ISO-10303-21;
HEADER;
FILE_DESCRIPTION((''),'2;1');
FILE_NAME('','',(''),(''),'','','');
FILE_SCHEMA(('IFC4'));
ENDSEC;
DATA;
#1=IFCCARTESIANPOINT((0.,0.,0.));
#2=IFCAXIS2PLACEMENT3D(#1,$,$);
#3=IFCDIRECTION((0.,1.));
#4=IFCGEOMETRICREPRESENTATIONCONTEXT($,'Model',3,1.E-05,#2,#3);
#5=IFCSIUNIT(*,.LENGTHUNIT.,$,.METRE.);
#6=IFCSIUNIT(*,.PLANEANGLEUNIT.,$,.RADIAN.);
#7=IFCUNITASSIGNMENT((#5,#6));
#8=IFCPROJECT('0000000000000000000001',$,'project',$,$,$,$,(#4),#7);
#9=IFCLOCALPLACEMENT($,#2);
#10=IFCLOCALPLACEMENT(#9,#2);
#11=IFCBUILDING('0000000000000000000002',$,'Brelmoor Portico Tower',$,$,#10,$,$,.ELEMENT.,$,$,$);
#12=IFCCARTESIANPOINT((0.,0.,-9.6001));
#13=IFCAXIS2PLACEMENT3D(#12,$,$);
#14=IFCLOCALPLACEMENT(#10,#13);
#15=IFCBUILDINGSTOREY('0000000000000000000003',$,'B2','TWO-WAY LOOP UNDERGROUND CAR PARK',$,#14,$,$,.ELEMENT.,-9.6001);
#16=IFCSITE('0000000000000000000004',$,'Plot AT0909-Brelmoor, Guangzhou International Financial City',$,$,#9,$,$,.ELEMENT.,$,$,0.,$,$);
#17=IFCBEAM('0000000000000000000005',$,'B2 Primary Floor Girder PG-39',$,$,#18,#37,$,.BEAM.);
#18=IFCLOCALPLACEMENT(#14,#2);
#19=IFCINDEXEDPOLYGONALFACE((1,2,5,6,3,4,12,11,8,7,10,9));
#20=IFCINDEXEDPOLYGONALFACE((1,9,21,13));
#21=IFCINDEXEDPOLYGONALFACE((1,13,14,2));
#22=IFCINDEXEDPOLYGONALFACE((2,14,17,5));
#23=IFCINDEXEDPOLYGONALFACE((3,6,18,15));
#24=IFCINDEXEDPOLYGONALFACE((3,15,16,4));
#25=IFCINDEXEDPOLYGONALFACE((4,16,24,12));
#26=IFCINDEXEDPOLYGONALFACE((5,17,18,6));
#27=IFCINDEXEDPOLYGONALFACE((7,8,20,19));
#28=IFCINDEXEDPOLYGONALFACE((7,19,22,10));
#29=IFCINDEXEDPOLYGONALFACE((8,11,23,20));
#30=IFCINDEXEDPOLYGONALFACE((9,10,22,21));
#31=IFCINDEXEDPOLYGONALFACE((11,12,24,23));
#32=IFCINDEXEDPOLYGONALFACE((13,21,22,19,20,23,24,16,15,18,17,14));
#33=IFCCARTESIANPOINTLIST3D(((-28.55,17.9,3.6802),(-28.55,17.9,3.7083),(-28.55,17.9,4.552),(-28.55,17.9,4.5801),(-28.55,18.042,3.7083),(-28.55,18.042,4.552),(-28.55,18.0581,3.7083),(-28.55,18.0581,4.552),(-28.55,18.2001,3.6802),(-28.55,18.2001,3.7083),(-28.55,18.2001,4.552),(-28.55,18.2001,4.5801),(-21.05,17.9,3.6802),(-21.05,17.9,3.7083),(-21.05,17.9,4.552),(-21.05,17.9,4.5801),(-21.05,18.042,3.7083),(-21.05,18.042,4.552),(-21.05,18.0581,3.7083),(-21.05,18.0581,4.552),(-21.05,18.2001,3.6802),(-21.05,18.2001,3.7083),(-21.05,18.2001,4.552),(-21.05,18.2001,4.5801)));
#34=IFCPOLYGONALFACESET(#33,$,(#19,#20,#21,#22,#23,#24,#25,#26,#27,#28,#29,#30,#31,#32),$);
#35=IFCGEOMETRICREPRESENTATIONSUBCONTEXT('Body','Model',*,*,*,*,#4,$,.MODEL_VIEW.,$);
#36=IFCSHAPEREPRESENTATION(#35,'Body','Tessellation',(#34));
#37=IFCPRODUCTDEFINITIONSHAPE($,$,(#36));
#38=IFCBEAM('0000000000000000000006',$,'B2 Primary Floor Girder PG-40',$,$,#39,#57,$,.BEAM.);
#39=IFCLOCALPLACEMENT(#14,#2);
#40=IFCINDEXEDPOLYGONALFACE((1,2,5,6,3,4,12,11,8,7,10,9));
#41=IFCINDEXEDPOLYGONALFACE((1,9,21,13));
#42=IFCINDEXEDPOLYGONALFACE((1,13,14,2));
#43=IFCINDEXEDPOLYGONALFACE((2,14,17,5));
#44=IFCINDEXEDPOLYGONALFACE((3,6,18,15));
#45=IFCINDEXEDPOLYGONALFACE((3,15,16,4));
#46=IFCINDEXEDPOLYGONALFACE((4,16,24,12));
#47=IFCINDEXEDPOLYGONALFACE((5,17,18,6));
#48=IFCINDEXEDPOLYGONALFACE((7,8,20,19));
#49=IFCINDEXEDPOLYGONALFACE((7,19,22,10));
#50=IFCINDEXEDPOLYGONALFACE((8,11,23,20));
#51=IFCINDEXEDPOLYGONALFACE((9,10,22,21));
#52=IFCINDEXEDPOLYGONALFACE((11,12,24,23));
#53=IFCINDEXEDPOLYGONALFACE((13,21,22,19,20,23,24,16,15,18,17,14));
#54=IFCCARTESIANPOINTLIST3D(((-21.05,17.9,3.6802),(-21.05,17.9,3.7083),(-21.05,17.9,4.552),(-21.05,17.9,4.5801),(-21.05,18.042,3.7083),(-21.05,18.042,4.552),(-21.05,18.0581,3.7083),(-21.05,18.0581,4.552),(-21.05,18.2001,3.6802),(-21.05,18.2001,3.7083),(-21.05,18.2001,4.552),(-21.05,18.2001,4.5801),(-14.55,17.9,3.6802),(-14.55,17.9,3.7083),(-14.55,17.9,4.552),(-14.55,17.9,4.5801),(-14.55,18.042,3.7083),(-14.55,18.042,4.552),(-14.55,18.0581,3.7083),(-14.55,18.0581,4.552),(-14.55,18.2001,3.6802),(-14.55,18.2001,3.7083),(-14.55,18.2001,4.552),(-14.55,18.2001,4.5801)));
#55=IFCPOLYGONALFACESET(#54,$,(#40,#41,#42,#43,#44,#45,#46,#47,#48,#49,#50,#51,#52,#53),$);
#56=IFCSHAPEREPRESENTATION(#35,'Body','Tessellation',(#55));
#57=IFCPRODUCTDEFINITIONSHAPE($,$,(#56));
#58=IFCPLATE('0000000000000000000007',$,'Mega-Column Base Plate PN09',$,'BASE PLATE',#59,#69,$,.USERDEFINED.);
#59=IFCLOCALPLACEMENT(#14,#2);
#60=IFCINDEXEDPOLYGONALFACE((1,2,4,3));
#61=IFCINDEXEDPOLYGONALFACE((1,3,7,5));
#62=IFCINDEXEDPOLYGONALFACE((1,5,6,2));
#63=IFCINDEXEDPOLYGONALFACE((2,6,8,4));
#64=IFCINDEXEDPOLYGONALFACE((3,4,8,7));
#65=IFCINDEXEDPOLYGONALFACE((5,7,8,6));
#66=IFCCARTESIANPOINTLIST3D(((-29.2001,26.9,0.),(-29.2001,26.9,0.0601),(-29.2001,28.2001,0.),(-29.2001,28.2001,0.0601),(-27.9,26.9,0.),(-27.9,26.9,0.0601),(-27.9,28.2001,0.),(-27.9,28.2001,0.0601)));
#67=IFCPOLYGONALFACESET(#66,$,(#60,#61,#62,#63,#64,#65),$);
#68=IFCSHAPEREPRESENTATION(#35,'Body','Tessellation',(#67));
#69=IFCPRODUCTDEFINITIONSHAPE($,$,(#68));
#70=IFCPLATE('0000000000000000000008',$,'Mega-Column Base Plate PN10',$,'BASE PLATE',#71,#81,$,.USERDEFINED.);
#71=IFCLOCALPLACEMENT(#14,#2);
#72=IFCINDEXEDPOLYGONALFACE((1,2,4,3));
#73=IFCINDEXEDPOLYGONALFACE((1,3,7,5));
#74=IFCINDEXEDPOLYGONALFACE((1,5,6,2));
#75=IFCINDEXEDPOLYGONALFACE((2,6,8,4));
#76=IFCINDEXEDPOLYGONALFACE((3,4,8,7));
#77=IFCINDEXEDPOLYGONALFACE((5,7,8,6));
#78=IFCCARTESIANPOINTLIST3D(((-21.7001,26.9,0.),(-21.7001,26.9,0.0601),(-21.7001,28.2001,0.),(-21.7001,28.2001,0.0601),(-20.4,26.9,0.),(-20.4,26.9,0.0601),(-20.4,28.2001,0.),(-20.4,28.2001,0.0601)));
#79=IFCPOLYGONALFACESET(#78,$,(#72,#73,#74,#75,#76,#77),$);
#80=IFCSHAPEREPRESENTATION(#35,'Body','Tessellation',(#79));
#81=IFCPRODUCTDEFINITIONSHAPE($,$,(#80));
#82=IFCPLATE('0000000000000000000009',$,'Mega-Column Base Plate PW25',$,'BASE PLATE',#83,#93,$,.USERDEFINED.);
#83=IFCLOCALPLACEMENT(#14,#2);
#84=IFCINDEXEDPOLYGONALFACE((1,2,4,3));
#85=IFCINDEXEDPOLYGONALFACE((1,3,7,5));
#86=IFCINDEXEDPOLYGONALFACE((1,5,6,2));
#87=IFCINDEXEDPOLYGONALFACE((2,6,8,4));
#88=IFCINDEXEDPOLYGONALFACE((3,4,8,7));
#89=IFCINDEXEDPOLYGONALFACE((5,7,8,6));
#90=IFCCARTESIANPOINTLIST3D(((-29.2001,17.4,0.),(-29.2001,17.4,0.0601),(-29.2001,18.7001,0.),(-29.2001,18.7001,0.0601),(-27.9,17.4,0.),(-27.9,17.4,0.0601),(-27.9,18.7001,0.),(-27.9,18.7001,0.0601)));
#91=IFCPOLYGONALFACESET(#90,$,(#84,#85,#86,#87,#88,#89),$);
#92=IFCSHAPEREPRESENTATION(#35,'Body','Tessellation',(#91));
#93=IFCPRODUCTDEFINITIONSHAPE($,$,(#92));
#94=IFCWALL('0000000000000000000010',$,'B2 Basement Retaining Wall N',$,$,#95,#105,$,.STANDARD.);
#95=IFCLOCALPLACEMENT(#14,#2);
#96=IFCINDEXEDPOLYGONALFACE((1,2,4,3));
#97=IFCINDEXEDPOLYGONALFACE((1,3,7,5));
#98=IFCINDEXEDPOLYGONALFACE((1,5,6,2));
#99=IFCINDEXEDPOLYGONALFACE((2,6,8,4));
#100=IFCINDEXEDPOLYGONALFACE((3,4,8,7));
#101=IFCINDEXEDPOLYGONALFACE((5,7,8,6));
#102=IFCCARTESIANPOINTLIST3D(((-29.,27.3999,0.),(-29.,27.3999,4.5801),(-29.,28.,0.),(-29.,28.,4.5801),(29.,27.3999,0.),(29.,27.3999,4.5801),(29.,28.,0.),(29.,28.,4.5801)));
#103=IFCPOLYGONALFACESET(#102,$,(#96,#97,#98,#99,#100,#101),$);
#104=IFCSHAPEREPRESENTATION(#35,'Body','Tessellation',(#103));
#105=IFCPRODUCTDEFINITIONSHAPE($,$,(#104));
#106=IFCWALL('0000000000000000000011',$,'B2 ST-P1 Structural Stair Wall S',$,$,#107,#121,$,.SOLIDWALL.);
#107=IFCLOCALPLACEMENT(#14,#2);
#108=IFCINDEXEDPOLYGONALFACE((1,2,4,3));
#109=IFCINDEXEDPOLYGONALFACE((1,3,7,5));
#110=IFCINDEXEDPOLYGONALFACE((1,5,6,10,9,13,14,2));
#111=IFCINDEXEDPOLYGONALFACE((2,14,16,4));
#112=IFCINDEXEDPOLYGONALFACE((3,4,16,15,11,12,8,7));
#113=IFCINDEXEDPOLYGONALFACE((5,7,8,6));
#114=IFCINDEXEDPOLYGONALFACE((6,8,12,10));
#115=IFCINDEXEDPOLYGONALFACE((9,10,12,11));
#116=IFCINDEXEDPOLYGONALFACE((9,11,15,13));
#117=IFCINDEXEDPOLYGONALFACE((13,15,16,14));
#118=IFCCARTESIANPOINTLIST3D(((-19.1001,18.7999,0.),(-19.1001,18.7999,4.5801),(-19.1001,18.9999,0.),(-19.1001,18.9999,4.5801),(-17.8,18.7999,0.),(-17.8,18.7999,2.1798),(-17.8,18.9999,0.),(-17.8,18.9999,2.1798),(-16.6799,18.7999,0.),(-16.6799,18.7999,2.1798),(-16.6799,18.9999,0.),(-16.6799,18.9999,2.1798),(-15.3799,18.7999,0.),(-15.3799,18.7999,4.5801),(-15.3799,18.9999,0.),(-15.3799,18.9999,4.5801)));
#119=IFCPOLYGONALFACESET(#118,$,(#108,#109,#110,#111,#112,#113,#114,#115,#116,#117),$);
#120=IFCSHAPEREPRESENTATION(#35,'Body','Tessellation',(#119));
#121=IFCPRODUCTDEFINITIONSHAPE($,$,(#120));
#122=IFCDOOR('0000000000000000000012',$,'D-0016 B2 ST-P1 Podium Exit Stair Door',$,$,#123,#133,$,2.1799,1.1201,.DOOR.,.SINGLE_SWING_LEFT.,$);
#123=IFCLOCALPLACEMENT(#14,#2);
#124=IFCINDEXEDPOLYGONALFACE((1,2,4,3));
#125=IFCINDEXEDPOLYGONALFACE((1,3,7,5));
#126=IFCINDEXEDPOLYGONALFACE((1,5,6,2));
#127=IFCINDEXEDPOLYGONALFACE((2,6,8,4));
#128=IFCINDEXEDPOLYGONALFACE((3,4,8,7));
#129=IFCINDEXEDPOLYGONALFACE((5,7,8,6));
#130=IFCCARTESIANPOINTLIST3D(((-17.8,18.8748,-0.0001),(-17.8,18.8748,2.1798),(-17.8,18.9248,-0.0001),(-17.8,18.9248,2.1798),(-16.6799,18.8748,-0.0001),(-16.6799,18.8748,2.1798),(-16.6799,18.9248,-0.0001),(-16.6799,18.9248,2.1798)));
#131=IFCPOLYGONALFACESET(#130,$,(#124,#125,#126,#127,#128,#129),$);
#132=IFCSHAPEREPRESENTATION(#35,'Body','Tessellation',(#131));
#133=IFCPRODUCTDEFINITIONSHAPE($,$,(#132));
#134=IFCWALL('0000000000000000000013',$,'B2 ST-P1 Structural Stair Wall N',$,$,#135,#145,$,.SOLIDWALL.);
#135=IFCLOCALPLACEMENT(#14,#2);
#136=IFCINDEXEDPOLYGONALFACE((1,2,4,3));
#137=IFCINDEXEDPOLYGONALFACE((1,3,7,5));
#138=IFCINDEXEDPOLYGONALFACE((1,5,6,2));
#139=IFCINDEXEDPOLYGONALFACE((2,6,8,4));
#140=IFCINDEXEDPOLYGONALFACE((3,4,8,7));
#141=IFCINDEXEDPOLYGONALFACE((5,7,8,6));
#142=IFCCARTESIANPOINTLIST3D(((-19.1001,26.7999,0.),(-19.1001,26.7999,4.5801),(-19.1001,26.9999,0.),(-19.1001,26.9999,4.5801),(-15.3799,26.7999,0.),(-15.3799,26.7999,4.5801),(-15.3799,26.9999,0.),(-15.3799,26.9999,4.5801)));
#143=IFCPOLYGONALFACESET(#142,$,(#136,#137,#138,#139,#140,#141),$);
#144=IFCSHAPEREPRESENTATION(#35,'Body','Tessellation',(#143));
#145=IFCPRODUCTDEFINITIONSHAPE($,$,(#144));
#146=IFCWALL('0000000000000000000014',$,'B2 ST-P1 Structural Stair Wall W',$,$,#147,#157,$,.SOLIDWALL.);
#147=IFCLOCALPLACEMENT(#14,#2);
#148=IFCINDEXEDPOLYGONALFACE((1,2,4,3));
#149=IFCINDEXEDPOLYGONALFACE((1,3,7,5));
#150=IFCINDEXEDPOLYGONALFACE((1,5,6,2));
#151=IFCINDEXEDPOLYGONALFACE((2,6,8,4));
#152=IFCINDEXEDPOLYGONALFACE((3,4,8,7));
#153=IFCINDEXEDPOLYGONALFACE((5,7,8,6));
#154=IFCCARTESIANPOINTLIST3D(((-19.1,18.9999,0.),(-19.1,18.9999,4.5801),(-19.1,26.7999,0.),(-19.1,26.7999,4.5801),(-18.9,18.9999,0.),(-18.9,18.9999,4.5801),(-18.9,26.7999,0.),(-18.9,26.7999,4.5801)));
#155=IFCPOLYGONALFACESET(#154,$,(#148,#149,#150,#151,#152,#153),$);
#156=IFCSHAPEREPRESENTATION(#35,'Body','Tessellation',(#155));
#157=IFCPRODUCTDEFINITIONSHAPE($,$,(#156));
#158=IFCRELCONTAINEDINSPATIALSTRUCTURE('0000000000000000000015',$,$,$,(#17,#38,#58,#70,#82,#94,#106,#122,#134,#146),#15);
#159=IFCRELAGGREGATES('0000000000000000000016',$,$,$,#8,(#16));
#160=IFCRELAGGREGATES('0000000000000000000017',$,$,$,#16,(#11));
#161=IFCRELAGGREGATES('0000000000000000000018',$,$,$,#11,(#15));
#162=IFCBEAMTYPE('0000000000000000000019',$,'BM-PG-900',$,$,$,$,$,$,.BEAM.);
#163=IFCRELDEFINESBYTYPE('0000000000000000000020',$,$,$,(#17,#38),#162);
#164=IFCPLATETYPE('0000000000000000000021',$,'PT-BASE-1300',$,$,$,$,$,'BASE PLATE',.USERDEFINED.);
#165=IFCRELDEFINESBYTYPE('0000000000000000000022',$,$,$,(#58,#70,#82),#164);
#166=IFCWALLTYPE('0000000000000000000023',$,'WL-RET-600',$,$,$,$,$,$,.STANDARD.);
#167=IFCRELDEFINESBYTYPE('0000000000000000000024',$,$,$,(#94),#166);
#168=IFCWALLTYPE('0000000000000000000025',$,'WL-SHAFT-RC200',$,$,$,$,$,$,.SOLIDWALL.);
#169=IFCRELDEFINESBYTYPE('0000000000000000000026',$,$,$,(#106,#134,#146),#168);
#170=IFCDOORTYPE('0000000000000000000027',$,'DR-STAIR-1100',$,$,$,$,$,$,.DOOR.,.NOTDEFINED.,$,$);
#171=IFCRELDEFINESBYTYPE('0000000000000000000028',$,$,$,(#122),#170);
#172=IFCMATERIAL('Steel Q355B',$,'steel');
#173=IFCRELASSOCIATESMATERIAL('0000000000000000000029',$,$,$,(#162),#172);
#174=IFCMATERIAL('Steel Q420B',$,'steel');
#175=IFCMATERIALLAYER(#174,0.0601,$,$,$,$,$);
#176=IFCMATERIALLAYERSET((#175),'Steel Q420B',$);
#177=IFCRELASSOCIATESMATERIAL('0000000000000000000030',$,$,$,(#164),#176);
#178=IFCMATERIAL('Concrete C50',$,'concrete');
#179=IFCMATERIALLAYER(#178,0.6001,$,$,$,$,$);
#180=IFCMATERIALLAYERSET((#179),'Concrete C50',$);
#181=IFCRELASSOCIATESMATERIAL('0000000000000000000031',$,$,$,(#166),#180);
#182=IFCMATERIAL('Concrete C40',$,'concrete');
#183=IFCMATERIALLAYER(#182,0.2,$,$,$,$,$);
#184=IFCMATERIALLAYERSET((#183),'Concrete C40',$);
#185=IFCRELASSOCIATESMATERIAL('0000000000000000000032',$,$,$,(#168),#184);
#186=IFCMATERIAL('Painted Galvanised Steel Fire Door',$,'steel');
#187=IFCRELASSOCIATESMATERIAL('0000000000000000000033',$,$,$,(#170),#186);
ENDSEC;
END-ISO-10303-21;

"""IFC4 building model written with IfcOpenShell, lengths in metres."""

from ifc_helpers import new_model, si_unit, direction, frame, frame_2d, origin, origin_2d, place, context, subcontext, project, spatial, rectangle, i_section, extrude, material, layer, layer_set, material_profile, profile_set, type_object, element, fill, save


model = new_model("IFC4")

# Units and contexts
model_context = context("Model", 3, precision=1e-05, world=origin(), true_north=direction((0.0, 1.0)))
body_context = subcontext(model_context, "Body", "Model", "MODEL_VIEW")
ifc_project = project(units=[si_unit("LENGTHUNIT", "METRE"), si_unit("PLANEANGLEUNIT", "RADIAN")], contexts=[model_context])

# Site, building, storey
site_placement = place(None, origin())
site = spatial("IfcSite", under=ifc_project, at=site_placement, Name="Plot AT0909-Brelmoor, Guangzhou International Financial City", CompositionType="ELEMENT", RefElevation=0.0)
building_placement = place(site_placement, origin())
building = spatial("IfcBuilding", under=site, at=building_placement, Name="Brelmoor Portico Tower", CompositionType="ELEMENT")
storey_placement = place(building_placement, frame((0.0, 0.0, -9.6001)))
storey = spatial("IfcBuildingStorey", under=building, at=storey_placement, Name="B2", Description="TWO-WAY LOOP UNDERGROUND CAR PARK", CompositionType="ELEMENT", Elevation=-9.6001)

# Shared definitions
ifc_material_1 = material(Name="Concrete C50", Category="concrete")

# Shared definitions
ifc_material_2 = material(Name="Steel Q420B", Category="steel")
ifc_material_3 = material(Name="Steel Q355B", Category="steel")

# Beams
ifc_material_profile_1 = material_profile(ifc_material_3, i_section(OverallWidth=0.3, OverallDepth=0.8999, WebThickness=0.0161, FlangeThickness=0.0281, at=origin_2d()), Name="HN 900x300x16x28")
ifc_profile_set_1 = profile_set([ifc_material_profile_1], Name="Steel Q355B")
beam_type = type_object("IfcBeamType", Name="BM-PG-900", PredefinedType="BEAM", material=ifc_profile_set_1)
beam_1_placement = place(storey_placement, frame((-28.55, 18.05, 4.1301), z_axis=(1.0, 0.0, 0.0), x_axis=(0.0, 1.0, 0.0)))
element("IfcBeam", 1, at=beam_1_placement, inside=storey, type_object=beam_type, Name="B2 Primary Floor Girder PG-39", PredefinedType="BEAM", context=body_context, shape_type="SweptSolid", body=[
    extrude(i_section(OverallWidth=0.3, OverallDepth=0.8999, WebThickness=0.0161, FlangeThickness=0.0281, at=origin_2d()), origin(), (0.0, 0.0, 1.0), 7.5),
])
beam_2_placement = place(storey_placement, frame((-21.05, 18.05, 4.1301), z_axis=(1.0, 0.0, 0.0), x_axis=(0.0, 1.0, 0.0)))
element("IfcBeam", 2, at=beam_2_placement, inside=storey, type_object=beam_type, Name="B2 Primary Floor Girder PG-40", PredefinedType="BEAM", context=body_context, shape_type="SweptSolid", body=[
    extrude(i_section(OverallWidth=0.3, OverallDepth=0.8999, WebThickness=0.0161, FlangeThickness=0.0281, at=origin_2d()), origin(), (0.0, 0.0, 1.0), 6.5),
])

# Plates
ifc_layer_1 = layer(ifc_material_2, 0.0601)
ifc_layer_set_1 = layer_set([ifc_layer_1], Name="Steel Q420B")
plate_type = type_object("IfcPlateType", Name="PT-BASE-1300", ElementType="BASE PLATE", PredefinedType="USERDEFINED", material=ifc_layer_set_1)
for number, where, z_axis, x_axis, name in (
    (3, (-28.55, 27.55, 0.0), (0.0, 0.0, 1.0), (1.0, 0.0, 0.0), "Mega-Column Base Plate PN09"),
    (4, (-21.05, 27.55, 0.0), (0.0, 0.0, 1.0), (1.0, 0.0, 0.0), "Mega-Column Base Plate PN10"),
    (5, (-28.55, 18.05, 0.0), (0.0, 0.0, 1.0), (1.0, 0.0, 0.0), "Mega-Column Base Plate PW25"),
):
    element("IfcPlate", number, at=place(storey_placement, frame(where, z_axis=z_axis, x_axis=x_axis)), inside=storey, type_object=plate_type, Name=name, ObjectType="BASE PLATE", PredefinedType="USERDEFINED", context=body_context, shape_type="SweptSolid", body=[
        extrude(rectangle(XDim=1.3, YDim=1.3, at=origin_2d()), origin(), (0.0, 0.0, 1.0), 0.0601),
    ])

# Wall
ifc_layer_2 = layer(ifc_material_1, 0.6001)
ifc_layer_set_2 = layer_set([ifc_layer_2], Name="Concrete C50")
wall_type_1 = type_object("IfcWallType", Name="WL-RET-600", PredefinedType="STANDARD", material=ifc_layer_set_2)
wall_1_placement = place(storey_placement, frame((-29.0, 27.7, 0.0), z_axis=(0.0, 0.0, 1.0), x_axis=(1.0, 0.0, 0.0)))
element("IfcWall", 6, at=wall_1_placement, inside=storey, type_object=wall_type_1, Name="B2 Basement Retaining Wall N", PredefinedType="STANDARD", context=body_context, shape_type="SweptSolid", body=[
    extrude(rectangle(XDim=58.0, YDim=0.6001, at=frame_2d((29.0, 0.0))), origin(), (0.0, 0.0, 1.0), 4.5801),
])

# Wall, opening, door
ifc_material_4 = material(Name="Concrete C40", Category="concrete")
ifc_layer_3 = layer(ifc_material_4, 0.2)
ifc_layer_set_3 = layer_set([ifc_layer_3], Name="Concrete C40")
wall_type_2 = type_object("IfcWallType", Name="WL-SHAFT-RC200", PredefinedType="SOLIDWALL", material=ifc_layer_set_3)
wall_2_placement = place(storey_placement, frame((-19.1001, 18.8999, 0.0), z_axis=(0.0, 0.0, 1.0), x_axis=(1.0, 0.0, 0.0)))
wall_2 = element("IfcWall", 7, at=wall_2_placement, inside=storey, type_object=wall_type_2, Name="B2 ST-P1 Structural Stair Wall S", PredefinedType="SOLIDWALL", context=body_context, shape_type="SweptSolid", body=[
    extrude(rectangle(XDim=3.7202, YDim=0.2, at=frame_2d((1.8601, 0.0))), origin(), (0.0, 0.0, 1.0), 4.5801),
])
opening_placement = place(wall_2_placement, frame((1.3, 0.0, 0.0)))
opening = element("IfcOpeningElement", 8, at=opening_placement, cuts=wall_2, PredefinedType="OPENING", context=body_context, shape_type="SweptSolid", body=[
    extrude(rectangle(XDim=1.1201, YDim=2.1799, at=frame_2d((0.5601, 1.0898))), frame((0.0, 0.1099, 0.0), z_axis=(0.0, -1.0, 0.0), x_axis=(1.0, 0.0, 0.0)), (0.0, 0.0, 1.0), 0.22),
])
ifc_material_5 = material(Name="Painted Galvanised Steel Fire Door", Category="steel")
door_type = type_object("IfcDoorType", Name="DR-STAIR-1100", OperationType="NOTDEFINED", PredefinedType="DOOR", material=ifc_material_5)
door_placement = place(opening_placement, origin())
door = element("IfcDoor", 9, at=door_placement, inside=storey, type_object=door_type, Name="D-0016 B2 ST-P1 Podium Exit Stair Door", OperationType="SINGLE_SWING_LEFT", OverallHeight=2.1799, OverallWidth=1.1201, PredefinedType="DOOR", context=body_context, shape_type="SweptSolid", body=[
    extrude(rectangle(XDim=1.1201, YDim=2.1799, at=frame_2d((0.5601, 1.0898))), frame((0.0, 0.0249, 0.0), z_axis=(0.0, -1.0, 0.0), x_axis=(1.0, 0.0, 0.0)), (0.0, 0.0, 1.0), 0.05),
])
fill(opening, door)

# Walls
wall_3_placement = place(storey_placement, frame((-19.1001, 26.8999, 0.0), z_axis=(0.0, 0.0, 1.0), x_axis=(1.0, 0.0, 0.0)))
element("IfcWall", 10, at=wall_3_placement, inside=storey, type_object=wall_type_2, Name="B2 ST-P1 Structural Stair Wall N", PredefinedType="SOLIDWALL", context=body_context, shape_type="SweptSolid", body=[
    extrude(rectangle(XDim=3.7202, YDim=0.2, at=frame_2d((1.8601, 0.0))), origin(), (0.0, 0.0, 1.0), 4.5801),
])
wall_4_placement = place(storey_placement, frame((-19.0, 19.0, 0.0), z_axis=(0.0, 0.0, 1.0), x_axis=(0.0, 1.0, 0.0)))
element("IfcWall", 11, at=wall_4_placement, inside=storey, type_object=wall_type_2, Name="B2 ST-P1 Structural Stair Wall W", PredefinedType="SOLIDWALL", context=body_context, shape_type="SweptSolid", body=[
    extrude(rectangle(XDim=7.8, YDim=0.2, at=frame_2d((3.8999, 0.0))), origin(), (0.0, 0.0, 1.0), 4.5801),
])

save(model, "model.ifc")
